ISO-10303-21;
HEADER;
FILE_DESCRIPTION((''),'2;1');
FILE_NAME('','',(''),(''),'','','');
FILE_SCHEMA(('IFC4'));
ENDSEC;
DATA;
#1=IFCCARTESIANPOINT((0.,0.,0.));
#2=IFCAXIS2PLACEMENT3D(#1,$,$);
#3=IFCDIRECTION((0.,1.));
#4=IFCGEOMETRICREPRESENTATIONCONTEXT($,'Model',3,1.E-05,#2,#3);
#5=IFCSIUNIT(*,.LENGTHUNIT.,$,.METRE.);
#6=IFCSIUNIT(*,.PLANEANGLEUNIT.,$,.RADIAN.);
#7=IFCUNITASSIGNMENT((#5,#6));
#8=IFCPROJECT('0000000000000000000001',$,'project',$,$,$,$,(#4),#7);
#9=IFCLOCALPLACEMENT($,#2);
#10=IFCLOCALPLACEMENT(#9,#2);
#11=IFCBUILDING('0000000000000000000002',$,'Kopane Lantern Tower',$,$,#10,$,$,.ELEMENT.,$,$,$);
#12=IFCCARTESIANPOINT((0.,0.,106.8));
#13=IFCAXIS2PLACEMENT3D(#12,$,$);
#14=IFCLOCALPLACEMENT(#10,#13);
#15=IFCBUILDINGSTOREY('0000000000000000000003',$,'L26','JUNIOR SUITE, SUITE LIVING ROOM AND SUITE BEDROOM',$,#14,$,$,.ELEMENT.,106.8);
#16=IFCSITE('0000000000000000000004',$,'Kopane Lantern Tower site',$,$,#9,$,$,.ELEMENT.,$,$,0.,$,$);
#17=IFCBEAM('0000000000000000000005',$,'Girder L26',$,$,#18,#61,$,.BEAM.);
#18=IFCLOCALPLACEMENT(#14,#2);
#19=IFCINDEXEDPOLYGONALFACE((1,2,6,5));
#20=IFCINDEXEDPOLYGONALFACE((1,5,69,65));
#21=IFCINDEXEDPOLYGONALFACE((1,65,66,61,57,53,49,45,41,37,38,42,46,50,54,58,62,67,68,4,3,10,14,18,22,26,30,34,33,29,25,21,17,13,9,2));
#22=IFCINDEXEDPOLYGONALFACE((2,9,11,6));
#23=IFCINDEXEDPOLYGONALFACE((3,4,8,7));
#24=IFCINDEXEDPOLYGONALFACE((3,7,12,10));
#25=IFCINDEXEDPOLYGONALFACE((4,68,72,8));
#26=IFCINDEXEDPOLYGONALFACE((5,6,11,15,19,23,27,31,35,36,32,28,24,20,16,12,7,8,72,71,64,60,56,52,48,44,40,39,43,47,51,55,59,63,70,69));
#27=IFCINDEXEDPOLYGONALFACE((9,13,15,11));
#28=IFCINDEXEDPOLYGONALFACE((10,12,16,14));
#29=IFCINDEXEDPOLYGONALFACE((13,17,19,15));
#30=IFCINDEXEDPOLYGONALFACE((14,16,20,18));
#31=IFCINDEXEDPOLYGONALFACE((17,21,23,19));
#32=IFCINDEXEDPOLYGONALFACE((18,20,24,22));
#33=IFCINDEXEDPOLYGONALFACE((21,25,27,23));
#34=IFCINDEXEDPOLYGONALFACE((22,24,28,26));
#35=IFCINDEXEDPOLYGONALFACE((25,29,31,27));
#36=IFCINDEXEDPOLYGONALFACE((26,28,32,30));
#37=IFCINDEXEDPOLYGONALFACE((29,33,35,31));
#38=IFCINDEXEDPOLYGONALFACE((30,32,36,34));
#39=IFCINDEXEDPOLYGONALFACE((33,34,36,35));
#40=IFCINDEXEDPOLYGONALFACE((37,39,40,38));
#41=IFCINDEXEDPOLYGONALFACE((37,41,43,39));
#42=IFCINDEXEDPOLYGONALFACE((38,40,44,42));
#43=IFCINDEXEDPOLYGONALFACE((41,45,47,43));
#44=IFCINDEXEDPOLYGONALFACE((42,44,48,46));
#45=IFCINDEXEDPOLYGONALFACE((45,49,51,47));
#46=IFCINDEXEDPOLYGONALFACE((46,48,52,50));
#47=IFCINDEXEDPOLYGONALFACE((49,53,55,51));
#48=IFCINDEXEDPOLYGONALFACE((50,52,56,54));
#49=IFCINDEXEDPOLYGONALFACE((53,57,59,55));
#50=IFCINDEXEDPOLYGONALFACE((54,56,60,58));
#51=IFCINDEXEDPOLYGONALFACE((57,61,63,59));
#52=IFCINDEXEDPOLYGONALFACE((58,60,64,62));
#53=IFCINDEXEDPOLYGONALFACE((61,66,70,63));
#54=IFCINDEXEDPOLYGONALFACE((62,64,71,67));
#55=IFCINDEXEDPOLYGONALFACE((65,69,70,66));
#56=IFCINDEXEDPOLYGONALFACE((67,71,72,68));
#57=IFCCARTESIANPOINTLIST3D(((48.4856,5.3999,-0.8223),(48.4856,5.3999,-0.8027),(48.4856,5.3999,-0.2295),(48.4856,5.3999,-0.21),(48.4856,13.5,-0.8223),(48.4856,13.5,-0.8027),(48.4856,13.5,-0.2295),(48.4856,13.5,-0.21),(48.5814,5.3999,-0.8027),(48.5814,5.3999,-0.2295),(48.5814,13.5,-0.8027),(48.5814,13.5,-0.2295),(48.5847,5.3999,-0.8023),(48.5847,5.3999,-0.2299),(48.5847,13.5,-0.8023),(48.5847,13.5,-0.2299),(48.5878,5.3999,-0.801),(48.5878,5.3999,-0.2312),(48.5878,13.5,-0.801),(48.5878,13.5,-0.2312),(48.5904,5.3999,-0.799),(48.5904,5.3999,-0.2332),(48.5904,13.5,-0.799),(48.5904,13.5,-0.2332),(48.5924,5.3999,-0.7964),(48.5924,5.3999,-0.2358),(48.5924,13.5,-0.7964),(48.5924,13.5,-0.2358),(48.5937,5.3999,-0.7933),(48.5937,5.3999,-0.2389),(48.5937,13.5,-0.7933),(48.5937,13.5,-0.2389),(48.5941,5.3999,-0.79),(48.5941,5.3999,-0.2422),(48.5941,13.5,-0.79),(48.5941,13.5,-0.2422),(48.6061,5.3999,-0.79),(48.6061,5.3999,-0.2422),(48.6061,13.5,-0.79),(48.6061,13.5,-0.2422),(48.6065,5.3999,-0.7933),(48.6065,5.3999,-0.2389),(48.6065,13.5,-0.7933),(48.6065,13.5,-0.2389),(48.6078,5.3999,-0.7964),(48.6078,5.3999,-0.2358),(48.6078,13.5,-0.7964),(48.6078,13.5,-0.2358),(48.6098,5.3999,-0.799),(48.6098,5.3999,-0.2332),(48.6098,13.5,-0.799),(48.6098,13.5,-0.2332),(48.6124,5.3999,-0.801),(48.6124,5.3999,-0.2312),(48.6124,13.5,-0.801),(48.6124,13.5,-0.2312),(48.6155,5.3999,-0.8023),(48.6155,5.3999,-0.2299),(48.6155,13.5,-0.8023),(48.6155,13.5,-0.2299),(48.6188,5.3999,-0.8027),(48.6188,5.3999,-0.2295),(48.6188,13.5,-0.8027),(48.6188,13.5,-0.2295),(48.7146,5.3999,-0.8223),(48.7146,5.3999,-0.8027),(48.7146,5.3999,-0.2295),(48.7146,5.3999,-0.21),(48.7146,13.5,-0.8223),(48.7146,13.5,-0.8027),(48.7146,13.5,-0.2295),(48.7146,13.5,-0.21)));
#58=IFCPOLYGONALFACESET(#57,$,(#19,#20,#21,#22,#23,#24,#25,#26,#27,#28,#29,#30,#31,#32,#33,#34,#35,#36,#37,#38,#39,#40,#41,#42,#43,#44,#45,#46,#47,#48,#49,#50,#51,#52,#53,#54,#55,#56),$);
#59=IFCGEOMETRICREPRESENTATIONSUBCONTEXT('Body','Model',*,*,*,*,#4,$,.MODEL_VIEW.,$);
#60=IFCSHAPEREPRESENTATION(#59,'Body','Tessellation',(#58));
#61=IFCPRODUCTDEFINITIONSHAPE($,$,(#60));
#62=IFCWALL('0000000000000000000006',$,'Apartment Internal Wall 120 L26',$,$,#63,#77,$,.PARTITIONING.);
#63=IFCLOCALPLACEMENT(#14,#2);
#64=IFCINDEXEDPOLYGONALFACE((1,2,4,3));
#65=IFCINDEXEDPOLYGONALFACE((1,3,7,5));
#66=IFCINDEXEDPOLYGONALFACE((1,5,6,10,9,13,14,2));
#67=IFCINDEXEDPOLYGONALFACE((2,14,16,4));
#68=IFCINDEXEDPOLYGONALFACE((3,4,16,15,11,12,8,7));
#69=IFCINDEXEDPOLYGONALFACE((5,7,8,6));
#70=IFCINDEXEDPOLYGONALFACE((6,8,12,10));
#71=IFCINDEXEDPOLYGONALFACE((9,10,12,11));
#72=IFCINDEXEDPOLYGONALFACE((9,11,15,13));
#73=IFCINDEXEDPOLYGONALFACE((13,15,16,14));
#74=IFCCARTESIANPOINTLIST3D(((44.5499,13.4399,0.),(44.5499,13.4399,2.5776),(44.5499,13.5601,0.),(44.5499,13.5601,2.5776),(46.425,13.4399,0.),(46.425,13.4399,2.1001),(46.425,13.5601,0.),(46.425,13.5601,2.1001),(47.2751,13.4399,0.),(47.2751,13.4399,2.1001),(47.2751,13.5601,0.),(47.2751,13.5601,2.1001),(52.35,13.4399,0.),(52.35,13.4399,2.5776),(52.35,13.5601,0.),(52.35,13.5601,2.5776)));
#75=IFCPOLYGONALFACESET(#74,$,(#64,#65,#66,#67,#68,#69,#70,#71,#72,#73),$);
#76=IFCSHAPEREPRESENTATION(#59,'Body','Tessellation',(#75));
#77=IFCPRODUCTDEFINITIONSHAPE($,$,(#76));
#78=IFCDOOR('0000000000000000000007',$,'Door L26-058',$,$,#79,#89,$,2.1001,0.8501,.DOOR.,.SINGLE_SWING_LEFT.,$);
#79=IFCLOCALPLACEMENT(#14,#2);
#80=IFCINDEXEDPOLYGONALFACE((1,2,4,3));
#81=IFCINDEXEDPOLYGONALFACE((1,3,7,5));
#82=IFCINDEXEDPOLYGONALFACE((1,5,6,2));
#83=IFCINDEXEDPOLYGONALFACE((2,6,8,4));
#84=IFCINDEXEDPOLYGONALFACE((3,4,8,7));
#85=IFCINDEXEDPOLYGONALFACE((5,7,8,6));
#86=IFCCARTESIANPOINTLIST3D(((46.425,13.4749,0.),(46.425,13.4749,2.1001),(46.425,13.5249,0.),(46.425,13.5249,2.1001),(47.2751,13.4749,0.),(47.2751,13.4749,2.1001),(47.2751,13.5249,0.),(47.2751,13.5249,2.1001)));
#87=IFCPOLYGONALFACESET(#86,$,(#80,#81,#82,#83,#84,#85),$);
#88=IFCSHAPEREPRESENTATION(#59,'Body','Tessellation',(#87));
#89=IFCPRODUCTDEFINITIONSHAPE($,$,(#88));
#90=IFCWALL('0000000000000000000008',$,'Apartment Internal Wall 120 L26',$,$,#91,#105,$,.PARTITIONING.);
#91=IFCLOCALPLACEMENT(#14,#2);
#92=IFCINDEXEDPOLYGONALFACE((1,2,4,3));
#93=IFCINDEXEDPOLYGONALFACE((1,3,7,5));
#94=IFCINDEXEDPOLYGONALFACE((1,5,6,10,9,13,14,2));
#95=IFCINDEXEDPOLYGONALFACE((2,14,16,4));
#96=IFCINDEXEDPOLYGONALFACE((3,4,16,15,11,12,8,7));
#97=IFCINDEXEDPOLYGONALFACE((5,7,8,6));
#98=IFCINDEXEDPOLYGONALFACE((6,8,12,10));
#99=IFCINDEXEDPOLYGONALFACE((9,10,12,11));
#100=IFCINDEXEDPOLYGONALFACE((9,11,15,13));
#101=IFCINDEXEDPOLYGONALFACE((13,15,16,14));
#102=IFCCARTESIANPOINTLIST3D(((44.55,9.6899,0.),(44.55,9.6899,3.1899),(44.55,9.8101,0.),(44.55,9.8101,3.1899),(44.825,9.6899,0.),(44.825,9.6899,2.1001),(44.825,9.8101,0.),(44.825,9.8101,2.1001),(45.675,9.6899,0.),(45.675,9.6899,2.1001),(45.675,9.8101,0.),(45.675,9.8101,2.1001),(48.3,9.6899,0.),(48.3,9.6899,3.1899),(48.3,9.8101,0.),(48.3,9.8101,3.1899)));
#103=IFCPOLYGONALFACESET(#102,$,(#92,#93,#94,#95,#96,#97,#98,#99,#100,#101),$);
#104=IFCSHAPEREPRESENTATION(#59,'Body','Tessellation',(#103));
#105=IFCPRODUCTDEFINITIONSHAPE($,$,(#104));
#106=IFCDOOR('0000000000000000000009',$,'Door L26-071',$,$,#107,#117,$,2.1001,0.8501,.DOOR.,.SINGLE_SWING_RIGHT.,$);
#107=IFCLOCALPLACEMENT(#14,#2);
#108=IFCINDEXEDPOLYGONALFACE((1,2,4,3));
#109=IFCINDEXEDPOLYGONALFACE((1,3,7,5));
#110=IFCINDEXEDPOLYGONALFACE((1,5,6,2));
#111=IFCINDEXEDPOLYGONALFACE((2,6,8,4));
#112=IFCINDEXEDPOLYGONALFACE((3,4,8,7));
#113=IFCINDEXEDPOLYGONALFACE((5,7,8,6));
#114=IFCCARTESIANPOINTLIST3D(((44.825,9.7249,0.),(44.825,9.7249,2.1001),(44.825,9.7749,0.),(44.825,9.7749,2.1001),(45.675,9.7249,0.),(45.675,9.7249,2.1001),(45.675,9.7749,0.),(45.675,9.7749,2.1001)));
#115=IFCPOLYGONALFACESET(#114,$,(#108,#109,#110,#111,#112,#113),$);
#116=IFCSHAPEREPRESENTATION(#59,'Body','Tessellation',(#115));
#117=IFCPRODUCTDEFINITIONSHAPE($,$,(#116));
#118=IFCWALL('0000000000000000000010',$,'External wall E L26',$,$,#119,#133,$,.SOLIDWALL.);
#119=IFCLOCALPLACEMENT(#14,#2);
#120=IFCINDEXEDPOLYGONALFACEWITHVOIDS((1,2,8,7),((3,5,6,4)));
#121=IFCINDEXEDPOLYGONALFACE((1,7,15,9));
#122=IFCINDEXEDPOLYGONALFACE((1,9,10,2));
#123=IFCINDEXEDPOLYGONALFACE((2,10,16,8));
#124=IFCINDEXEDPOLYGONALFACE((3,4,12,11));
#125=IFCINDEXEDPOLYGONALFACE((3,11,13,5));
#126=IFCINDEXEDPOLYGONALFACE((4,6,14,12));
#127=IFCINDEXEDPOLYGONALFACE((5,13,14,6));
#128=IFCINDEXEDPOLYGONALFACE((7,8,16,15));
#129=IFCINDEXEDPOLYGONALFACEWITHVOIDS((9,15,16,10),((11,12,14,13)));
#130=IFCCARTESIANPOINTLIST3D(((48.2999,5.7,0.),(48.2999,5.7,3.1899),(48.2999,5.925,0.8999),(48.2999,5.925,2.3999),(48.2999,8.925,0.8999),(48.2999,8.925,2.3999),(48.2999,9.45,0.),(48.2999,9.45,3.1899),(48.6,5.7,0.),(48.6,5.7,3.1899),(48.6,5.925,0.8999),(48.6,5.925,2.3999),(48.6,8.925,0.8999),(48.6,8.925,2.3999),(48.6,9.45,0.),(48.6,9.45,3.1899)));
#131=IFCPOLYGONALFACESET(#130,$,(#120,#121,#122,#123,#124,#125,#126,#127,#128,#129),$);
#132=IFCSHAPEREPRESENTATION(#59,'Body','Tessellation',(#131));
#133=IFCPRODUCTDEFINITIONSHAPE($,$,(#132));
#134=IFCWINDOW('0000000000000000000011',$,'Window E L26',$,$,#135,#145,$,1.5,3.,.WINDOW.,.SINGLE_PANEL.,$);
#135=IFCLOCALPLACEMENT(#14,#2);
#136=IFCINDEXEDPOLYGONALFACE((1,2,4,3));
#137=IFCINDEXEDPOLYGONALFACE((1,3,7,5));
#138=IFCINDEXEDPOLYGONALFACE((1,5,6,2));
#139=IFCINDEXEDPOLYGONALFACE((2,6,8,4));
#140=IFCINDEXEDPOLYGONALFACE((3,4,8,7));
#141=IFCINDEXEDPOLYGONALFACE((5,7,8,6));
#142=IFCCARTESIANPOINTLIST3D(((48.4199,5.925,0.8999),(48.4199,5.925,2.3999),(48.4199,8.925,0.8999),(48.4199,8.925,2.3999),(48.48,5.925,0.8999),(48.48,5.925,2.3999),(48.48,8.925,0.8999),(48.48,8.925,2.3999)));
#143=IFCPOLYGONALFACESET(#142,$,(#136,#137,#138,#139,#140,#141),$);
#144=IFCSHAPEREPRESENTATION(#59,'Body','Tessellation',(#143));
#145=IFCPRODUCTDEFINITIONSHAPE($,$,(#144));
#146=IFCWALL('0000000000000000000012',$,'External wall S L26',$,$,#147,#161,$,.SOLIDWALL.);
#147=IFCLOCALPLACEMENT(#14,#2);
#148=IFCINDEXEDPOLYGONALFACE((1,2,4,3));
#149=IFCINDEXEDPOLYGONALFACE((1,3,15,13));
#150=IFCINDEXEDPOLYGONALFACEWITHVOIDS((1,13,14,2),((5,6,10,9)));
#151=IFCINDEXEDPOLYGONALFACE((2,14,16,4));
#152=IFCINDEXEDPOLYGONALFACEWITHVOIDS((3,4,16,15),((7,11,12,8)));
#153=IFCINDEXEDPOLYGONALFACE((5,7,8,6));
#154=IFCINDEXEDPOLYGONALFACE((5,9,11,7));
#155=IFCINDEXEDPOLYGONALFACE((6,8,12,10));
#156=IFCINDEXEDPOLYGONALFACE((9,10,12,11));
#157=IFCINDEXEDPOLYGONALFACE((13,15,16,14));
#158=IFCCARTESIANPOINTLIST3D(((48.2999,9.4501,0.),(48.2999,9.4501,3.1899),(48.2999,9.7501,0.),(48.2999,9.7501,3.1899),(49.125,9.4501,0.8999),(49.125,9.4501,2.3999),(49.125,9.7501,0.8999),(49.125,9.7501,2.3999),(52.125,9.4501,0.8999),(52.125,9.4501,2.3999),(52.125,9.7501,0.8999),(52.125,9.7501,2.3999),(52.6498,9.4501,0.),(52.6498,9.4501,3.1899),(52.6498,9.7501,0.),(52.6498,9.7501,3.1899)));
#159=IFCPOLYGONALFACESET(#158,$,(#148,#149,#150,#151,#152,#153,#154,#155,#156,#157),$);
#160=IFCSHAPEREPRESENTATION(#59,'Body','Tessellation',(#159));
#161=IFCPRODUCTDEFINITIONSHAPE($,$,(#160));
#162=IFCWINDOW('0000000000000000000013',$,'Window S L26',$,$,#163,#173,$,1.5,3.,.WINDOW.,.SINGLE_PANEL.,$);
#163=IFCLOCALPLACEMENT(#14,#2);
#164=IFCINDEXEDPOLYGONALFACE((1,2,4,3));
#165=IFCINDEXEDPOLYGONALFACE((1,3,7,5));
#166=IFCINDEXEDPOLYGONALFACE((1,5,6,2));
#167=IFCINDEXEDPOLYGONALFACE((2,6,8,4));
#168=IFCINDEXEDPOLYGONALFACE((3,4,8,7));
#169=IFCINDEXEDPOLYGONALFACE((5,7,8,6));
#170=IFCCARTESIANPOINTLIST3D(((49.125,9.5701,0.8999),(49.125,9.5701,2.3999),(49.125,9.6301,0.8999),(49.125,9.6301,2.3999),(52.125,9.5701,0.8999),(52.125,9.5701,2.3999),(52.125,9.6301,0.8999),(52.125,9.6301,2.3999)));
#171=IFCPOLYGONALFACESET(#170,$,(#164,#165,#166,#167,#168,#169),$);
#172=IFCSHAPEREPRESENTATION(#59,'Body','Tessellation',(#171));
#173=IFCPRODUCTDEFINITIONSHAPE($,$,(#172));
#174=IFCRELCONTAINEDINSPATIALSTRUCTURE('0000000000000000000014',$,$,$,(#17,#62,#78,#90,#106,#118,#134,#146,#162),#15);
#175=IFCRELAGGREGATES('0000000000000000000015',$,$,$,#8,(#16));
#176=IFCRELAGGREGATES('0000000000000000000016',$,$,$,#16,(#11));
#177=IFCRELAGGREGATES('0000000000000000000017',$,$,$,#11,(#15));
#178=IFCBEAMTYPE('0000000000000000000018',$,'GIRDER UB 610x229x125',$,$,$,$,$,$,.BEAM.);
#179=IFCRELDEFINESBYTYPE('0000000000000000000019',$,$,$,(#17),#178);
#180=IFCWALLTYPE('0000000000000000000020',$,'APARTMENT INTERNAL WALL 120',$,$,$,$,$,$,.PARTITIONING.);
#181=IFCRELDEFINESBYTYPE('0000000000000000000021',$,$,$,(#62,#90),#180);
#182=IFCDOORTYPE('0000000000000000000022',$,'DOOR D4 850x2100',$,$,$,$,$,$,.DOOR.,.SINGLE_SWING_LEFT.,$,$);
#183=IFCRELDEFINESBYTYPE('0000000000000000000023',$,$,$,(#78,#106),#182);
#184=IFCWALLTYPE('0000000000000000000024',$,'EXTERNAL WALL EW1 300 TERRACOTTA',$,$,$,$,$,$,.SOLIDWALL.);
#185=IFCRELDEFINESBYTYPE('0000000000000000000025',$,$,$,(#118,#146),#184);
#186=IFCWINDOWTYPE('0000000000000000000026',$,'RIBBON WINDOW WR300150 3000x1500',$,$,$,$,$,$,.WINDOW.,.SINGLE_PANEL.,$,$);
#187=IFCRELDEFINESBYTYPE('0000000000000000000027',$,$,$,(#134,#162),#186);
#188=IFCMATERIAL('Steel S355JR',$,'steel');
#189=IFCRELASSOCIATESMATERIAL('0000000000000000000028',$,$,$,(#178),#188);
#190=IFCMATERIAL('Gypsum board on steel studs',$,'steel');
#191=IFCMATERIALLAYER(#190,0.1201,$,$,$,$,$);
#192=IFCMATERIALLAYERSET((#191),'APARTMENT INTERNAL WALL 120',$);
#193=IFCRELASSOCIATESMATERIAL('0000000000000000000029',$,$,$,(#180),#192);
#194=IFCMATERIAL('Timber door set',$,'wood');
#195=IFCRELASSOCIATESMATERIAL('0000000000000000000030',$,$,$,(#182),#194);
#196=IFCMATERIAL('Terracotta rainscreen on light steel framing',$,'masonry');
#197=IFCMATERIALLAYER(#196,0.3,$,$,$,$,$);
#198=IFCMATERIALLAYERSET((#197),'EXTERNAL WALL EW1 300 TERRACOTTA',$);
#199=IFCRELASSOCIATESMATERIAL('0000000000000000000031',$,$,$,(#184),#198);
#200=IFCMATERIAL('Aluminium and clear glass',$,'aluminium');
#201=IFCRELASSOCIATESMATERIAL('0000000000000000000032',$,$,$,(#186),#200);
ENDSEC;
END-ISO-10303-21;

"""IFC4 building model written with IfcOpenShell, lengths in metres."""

from ifc_helpers import new_model, si_unit, direction, frame, frame_2d, origin, origin_2d, place, context, subcontext, project, spatial, rectangle, i_section, extrude, material, layer, layer_set, material_profile, profile_set, type_object, element, fill, save


model = new_model("IFC4")

# Units and contexts
model_context = context("Model", 3, precision=1e-05, world=origin(), true_north=direction((0.0, 1.0)))
body_context = subcontext(model_context, "Body", "Model", "MODEL_VIEW")
ifc_project = project(units=[si_unit("LENGTHUNIT", "METRE"), si_unit("PLANEANGLEUNIT", "RADIAN")], contexts=[model_context])

# Site, building, storey
site_placement = place(None, origin())
site = spatial("IfcSite", under=ifc_project, at=site_placement, Name="Kopane Lantern Tower site", CompositionType="ELEMENT", RefElevation=0.0)
building_placement = place(site_placement, origin())
building = spatial("IfcBuilding", under=site, at=building_placement, Name="Kopane Lantern Tower", CompositionType="ELEMENT")
storey_placement = place(building_placement, frame((0.0, 0.0, 106.8)))
storey = spatial("IfcBuildingStorey", under=building, at=storey_placement, Name="L26", Description="JUNIOR SUITE, SUITE LIVING ROOM AND SUITE BEDROOM", CompositionType="ELEMENT", Elevation=106.8)

# Beam
ifc_material_1 = material(Name="Steel S355JR", Category="steel")
ifc_material_profile_1 = material_profile(ifc_material_1, i_section(OverallWidth=0.229, OverallDepth=0.6123, WebThickness=0.012, FlangeThickness=0.0195, FilletRadius=0.0127, at=origin_2d()), Name="UB 610x229x125")
ifc_profile_set_1 = profile_set([ifc_material_profile_1], Name="Steel S355JR")
beam_type_1 = type_object("IfcBeamType", Name="GIRDER UB 610x229x125", PredefinedType="BEAM", material=ifc_profile_set_1)
beam_1_placement = place(storey_placement, frame((48.6001, 5.3999, -0.5161), z_axis=(0.0, 1.0, 0.0), x_axis=(-1.0, 0.0, 0.0)))
element("IfcBeam", 1, at=beam_1_placement, inside=storey, type_object=beam_type_1, Name="Girder L26", PredefinedType="BEAM", context=body_context, shape_type="SweptSolid", body=[
    extrude(i_section(OverallWidth=0.229, OverallDepth=0.6123, WebThickness=0.012, FlangeThickness=0.0195, FilletRadius=0.0127, at=origin_2d()), origin(), (0.0, 0.0, 1.0), 8.1001),
])

# Walls, openings, doors
ifc_material_2 = material(Name="Gypsum board on steel studs", Category="steel")
ifc_layer_1 = layer(ifc_material_2, 0.1201)
ifc_layer_set_1 = layer_set([ifc_layer_1], Name="APARTMENT INTERNAL WALL 120")
wall_type_1 = type_object("IfcWallType", Name="APARTMENT INTERNAL WALL 120", PredefinedType="PARTITIONING", material=ifc_layer_set_1)
wall_1_placement = place(storey_placement, frame((44.55, 13.5, 0.0), z_axis=(0.0, 0.0, 1.0), x_axis=(1.0, 0.0, 0.0)))
wall_1 = element("IfcWall", 2, at=wall_1_placement, inside=storey, type_object=wall_type_1, Name="Apartment Internal Wall 120 L26", PredefinedType="PARTITIONING", context=body_context, shape_type="SweptSolid", body=[
    extrude(rectangle(XDim=7.8, YDim=0.1201, at=frame_2d((3.8999, 0.0))), origin(), (0.0, 0.0, 1.0), 2.5776),
])
opening_1_placement = place(wall_1_placement, frame((1.875, 0.0, 0.0)))
opening_1 = element("IfcOpeningElement", 3, at=opening_1_placement, cuts=wall_1, PredefinedType="OPENING", context=body_context, shape_type="SweptSolid", body=[
    extrude(rectangle(XDim=0.8501, YDim=2.1001, at=frame_2d((0.425, 1.05))), frame((0.0, 0.0701, 0.0), z_axis=(0.0, -1.0, 0.0), x_axis=(1.0, 0.0, 0.0)), (0.0, 0.0, 1.0), 0.1401),
])
ifc_material_3 = material(Name="Timber door set", Category="wood")
door_type = type_object("IfcDoorType", Name="DOOR D4 850x2100", OperationType="SINGLE_SWING_LEFT", PredefinedType="DOOR", material=ifc_material_3)
door_1_placement = place(opening_1_placement, origin())
door_1 = element("IfcDoor", 4, at=door_1_placement, inside=storey, type_object=door_type, Name="Door L26-058", OperationType="SINGLE_SWING_LEFT", OverallHeight=2.1001, OverallWidth=0.8501, PredefinedType="DOOR", context=body_context, shape_type="SweptSolid", body=[
    extrude(rectangle(XDim=0.8501, YDim=2.1001, at=frame_2d((0.425, 1.05))), frame((0.0, 0.0249, 0.0), z_axis=(0.0, -1.0, 0.0), x_axis=(1.0, 0.0, 0.0)), (0.0, 0.0, 1.0), 0.05),
])
fill(opening_1, door_1)
wall_2_placement = place(storey_placement, frame((44.55, 9.75, 0.0), z_axis=(0.0, 0.0, 1.0), x_axis=(1.0, 0.0, 0.0)))
wall_2 = element("IfcWall", 5, at=wall_2_placement, inside=storey, type_object=wall_type_1, Name="Apartment Internal Wall 120 L26", PredefinedType="PARTITIONING", context=body_context, shape_type="SweptSolid", body=[
    extrude(rectangle(XDim=3.75, YDim=0.1201, at=frame_2d((1.875, 0.0))), origin(), (0.0, 0.0, 1.0), 3.1899),
])
opening_2_placement = place(wall_2_placement, frame((0.2749, 0.0, 0.0)))
opening_2 = element("IfcOpeningElement", 6, at=opening_2_placement, cuts=wall_2, PredefinedType="OPENING", context=body_context, shape_type="SweptSolid", body=[
    extrude(rectangle(XDim=0.8501, YDim=2.1001, at=frame_2d((0.425, 1.05))), frame((0.0, 0.0701, 0.0), z_axis=(0.0, -1.0, 0.0), x_axis=(1.0, 0.0, 0.0)), (0.0, 0.0, 1.0), 0.1401),
])
door_2_placement = place(opening_2_placement, origin())
door_2 = element("IfcDoor", 7, at=door_2_placement, inside=storey, type_object=door_type, Name="Door L26-071", OperationType="SINGLE_SWING_RIGHT", OverallHeight=2.1001, OverallWidth=0.8501, PredefinedType="DOOR", context=body_context, shape_type="SweptSolid", body=[
    extrude(rectangle(XDim=0.8501, YDim=2.1001, at=frame_2d((0.425, 1.05))), frame((0.0, 0.0249, 0.0), z_axis=(0.0, -1.0, 0.0), x_axis=(1.0, 0.0, 0.0)), (0.0, 0.0, 1.0), 0.05),
])
fill(opening_2, door_2)

# Walls, openings, windows
ifc_material_4 = material(Name="Terracotta rainscreen on light steel framing", Category="masonry")
ifc_layer_2 = layer(ifc_material_4, 0.3)
ifc_layer_set_2 = layer_set([ifc_layer_2], Name="EXTERNAL WALL EW1 300 TERRACOTTA")
wall_type_2 = type_object("IfcWallType", Name="EXTERNAL WALL EW1 300 TERRACOTTA", PredefinedType="SOLIDWALL", material=ifc_layer_set_2)
wall_3_placement = place(storey_placement, frame((48.45, 5.7, 0.0), z_axis=(0.0, 0.0, 1.0), x_axis=(0.0, 1.0, 0.0)))
wall_3 = element("IfcWall", 8, at=wall_3_placement, inside=storey, type_object=wall_type_2, Name="External wall E L26", PredefinedType="SOLIDWALL", context=body_context, shape_type="SweptSolid", body=[
    extrude(rectangle(XDim=3.75, YDim=0.3, at=frame_2d((1.875, 0.0))), origin(), (0.0, 0.0, 1.0), 3.1899),
])
opening_3_placement = place(wall_3_placement, frame((0.2251, 0.0, 0.8999)))
opening_3 = element("IfcOpeningElement", 9, at=opening_3_placement, cuts=wall_3, PredefinedType="OPENING", context=body_context, shape_type="SweptSolid", body=[
    extrude(rectangle(XDim=3.0, YDim=1.5, at=frame_2d((1.5, 0.75))), frame((0.0, 0.1599, 0.0), z_axis=(0.0, -1.0, 0.0), x_axis=(1.0, 0.0, 0.0)), (0.0, 0.0, 1.0), 0.3201),
])
ifc_material_5 = material(Name="Aluminium and clear glass", Category="aluminium")
window_type = type_object("IfcWindowType", Name="RIBBON WINDOW WR300150 3000x1500", PartitioningType="SINGLE_PANEL", PredefinedType="WINDOW", material=ifc_material_5)
window_1_placement = place(opening_3_placement, origin())
window_1 = element("IfcWindow", 10, at=window_1_placement, inside=storey, type_object=window_type, Name="Window E L26", OverallHeight=1.5, OverallWidth=3.0, PartitioningType="SINGLE_PANEL", PredefinedType="WINDOW", context=body_context, shape_type="SweptSolid", body=[
    extrude(rectangle(XDim=3.0, YDim=1.5, at=frame_2d((1.5, 0.75))), frame((0.0, 0.03, 0.0), z_axis=(0.0, -1.0, 0.0), x_axis=(1.0, 0.0, 0.0)), (0.0, 0.0, 1.0), 0.0601),
])
fill(opening_3, window_1)
wall_4_placement = place(storey_placement, frame((48.3, 9.6001, 0.0), z_axis=(0.0, 0.0, 1.0), x_axis=(1.0, 0.0, 0.0)))
wall_4 = element("IfcWall", 11, at=wall_4_placement, inside=storey, type_object=wall_type_2, Name="External wall S L26", PredefinedType="SOLIDWALL", context=body_context, shape_type="SweptSolid", body=[
    extrude(rectangle(XDim=4.3499, YDim=0.3, at=frame_2d((2.1748, 0.0))), origin(), (0.0, 0.0, 1.0), 3.1899),
])
opening_4_placement = place(wall_4_placement, frame((0.825, 0.0, 0.8999)))
opening_4 = element("IfcOpeningElement", 12, at=opening_4_placement, cuts=wall_4, PredefinedType="OPENING", context=body_context, shape_type="SweptSolid", body=[
    extrude(rectangle(XDim=3.0, YDim=1.5, at=frame_2d((1.5, 0.75))), frame((0.0, 0.1599, 0.0), z_axis=(0.0, -1.0, 0.0), x_axis=(1.0, 0.0, 0.0)), (0.0, 0.0, 1.0), 0.3201),
])
window_2_placement = place(opening_4_placement, origin())
window_2 = element("IfcWindow", 13, at=window_2_placement, inside=storey, type_object=window_type, Name="Window S L26", OverallHeight=1.5, OverallWidth=3.0, PartitioningType="SINGLE_PANEL", PredefinedType="WINDOW", context=body_context, shape_type="SweptSolid", body=[
    extrude(rectangle(XDim=3.0, YDim=1.5, at=frame_2d((1.5, 0.75))), frame((0.0, 0.03, 0.0), z_axis=(0.0, -1.0, 0.0), x_axis=(1.0, 0.0, 0.0)), (0.0, 0.0, 1.0), 0.0601),
])
fill(opening_4, window_2)

save(model, "model.ifc")
